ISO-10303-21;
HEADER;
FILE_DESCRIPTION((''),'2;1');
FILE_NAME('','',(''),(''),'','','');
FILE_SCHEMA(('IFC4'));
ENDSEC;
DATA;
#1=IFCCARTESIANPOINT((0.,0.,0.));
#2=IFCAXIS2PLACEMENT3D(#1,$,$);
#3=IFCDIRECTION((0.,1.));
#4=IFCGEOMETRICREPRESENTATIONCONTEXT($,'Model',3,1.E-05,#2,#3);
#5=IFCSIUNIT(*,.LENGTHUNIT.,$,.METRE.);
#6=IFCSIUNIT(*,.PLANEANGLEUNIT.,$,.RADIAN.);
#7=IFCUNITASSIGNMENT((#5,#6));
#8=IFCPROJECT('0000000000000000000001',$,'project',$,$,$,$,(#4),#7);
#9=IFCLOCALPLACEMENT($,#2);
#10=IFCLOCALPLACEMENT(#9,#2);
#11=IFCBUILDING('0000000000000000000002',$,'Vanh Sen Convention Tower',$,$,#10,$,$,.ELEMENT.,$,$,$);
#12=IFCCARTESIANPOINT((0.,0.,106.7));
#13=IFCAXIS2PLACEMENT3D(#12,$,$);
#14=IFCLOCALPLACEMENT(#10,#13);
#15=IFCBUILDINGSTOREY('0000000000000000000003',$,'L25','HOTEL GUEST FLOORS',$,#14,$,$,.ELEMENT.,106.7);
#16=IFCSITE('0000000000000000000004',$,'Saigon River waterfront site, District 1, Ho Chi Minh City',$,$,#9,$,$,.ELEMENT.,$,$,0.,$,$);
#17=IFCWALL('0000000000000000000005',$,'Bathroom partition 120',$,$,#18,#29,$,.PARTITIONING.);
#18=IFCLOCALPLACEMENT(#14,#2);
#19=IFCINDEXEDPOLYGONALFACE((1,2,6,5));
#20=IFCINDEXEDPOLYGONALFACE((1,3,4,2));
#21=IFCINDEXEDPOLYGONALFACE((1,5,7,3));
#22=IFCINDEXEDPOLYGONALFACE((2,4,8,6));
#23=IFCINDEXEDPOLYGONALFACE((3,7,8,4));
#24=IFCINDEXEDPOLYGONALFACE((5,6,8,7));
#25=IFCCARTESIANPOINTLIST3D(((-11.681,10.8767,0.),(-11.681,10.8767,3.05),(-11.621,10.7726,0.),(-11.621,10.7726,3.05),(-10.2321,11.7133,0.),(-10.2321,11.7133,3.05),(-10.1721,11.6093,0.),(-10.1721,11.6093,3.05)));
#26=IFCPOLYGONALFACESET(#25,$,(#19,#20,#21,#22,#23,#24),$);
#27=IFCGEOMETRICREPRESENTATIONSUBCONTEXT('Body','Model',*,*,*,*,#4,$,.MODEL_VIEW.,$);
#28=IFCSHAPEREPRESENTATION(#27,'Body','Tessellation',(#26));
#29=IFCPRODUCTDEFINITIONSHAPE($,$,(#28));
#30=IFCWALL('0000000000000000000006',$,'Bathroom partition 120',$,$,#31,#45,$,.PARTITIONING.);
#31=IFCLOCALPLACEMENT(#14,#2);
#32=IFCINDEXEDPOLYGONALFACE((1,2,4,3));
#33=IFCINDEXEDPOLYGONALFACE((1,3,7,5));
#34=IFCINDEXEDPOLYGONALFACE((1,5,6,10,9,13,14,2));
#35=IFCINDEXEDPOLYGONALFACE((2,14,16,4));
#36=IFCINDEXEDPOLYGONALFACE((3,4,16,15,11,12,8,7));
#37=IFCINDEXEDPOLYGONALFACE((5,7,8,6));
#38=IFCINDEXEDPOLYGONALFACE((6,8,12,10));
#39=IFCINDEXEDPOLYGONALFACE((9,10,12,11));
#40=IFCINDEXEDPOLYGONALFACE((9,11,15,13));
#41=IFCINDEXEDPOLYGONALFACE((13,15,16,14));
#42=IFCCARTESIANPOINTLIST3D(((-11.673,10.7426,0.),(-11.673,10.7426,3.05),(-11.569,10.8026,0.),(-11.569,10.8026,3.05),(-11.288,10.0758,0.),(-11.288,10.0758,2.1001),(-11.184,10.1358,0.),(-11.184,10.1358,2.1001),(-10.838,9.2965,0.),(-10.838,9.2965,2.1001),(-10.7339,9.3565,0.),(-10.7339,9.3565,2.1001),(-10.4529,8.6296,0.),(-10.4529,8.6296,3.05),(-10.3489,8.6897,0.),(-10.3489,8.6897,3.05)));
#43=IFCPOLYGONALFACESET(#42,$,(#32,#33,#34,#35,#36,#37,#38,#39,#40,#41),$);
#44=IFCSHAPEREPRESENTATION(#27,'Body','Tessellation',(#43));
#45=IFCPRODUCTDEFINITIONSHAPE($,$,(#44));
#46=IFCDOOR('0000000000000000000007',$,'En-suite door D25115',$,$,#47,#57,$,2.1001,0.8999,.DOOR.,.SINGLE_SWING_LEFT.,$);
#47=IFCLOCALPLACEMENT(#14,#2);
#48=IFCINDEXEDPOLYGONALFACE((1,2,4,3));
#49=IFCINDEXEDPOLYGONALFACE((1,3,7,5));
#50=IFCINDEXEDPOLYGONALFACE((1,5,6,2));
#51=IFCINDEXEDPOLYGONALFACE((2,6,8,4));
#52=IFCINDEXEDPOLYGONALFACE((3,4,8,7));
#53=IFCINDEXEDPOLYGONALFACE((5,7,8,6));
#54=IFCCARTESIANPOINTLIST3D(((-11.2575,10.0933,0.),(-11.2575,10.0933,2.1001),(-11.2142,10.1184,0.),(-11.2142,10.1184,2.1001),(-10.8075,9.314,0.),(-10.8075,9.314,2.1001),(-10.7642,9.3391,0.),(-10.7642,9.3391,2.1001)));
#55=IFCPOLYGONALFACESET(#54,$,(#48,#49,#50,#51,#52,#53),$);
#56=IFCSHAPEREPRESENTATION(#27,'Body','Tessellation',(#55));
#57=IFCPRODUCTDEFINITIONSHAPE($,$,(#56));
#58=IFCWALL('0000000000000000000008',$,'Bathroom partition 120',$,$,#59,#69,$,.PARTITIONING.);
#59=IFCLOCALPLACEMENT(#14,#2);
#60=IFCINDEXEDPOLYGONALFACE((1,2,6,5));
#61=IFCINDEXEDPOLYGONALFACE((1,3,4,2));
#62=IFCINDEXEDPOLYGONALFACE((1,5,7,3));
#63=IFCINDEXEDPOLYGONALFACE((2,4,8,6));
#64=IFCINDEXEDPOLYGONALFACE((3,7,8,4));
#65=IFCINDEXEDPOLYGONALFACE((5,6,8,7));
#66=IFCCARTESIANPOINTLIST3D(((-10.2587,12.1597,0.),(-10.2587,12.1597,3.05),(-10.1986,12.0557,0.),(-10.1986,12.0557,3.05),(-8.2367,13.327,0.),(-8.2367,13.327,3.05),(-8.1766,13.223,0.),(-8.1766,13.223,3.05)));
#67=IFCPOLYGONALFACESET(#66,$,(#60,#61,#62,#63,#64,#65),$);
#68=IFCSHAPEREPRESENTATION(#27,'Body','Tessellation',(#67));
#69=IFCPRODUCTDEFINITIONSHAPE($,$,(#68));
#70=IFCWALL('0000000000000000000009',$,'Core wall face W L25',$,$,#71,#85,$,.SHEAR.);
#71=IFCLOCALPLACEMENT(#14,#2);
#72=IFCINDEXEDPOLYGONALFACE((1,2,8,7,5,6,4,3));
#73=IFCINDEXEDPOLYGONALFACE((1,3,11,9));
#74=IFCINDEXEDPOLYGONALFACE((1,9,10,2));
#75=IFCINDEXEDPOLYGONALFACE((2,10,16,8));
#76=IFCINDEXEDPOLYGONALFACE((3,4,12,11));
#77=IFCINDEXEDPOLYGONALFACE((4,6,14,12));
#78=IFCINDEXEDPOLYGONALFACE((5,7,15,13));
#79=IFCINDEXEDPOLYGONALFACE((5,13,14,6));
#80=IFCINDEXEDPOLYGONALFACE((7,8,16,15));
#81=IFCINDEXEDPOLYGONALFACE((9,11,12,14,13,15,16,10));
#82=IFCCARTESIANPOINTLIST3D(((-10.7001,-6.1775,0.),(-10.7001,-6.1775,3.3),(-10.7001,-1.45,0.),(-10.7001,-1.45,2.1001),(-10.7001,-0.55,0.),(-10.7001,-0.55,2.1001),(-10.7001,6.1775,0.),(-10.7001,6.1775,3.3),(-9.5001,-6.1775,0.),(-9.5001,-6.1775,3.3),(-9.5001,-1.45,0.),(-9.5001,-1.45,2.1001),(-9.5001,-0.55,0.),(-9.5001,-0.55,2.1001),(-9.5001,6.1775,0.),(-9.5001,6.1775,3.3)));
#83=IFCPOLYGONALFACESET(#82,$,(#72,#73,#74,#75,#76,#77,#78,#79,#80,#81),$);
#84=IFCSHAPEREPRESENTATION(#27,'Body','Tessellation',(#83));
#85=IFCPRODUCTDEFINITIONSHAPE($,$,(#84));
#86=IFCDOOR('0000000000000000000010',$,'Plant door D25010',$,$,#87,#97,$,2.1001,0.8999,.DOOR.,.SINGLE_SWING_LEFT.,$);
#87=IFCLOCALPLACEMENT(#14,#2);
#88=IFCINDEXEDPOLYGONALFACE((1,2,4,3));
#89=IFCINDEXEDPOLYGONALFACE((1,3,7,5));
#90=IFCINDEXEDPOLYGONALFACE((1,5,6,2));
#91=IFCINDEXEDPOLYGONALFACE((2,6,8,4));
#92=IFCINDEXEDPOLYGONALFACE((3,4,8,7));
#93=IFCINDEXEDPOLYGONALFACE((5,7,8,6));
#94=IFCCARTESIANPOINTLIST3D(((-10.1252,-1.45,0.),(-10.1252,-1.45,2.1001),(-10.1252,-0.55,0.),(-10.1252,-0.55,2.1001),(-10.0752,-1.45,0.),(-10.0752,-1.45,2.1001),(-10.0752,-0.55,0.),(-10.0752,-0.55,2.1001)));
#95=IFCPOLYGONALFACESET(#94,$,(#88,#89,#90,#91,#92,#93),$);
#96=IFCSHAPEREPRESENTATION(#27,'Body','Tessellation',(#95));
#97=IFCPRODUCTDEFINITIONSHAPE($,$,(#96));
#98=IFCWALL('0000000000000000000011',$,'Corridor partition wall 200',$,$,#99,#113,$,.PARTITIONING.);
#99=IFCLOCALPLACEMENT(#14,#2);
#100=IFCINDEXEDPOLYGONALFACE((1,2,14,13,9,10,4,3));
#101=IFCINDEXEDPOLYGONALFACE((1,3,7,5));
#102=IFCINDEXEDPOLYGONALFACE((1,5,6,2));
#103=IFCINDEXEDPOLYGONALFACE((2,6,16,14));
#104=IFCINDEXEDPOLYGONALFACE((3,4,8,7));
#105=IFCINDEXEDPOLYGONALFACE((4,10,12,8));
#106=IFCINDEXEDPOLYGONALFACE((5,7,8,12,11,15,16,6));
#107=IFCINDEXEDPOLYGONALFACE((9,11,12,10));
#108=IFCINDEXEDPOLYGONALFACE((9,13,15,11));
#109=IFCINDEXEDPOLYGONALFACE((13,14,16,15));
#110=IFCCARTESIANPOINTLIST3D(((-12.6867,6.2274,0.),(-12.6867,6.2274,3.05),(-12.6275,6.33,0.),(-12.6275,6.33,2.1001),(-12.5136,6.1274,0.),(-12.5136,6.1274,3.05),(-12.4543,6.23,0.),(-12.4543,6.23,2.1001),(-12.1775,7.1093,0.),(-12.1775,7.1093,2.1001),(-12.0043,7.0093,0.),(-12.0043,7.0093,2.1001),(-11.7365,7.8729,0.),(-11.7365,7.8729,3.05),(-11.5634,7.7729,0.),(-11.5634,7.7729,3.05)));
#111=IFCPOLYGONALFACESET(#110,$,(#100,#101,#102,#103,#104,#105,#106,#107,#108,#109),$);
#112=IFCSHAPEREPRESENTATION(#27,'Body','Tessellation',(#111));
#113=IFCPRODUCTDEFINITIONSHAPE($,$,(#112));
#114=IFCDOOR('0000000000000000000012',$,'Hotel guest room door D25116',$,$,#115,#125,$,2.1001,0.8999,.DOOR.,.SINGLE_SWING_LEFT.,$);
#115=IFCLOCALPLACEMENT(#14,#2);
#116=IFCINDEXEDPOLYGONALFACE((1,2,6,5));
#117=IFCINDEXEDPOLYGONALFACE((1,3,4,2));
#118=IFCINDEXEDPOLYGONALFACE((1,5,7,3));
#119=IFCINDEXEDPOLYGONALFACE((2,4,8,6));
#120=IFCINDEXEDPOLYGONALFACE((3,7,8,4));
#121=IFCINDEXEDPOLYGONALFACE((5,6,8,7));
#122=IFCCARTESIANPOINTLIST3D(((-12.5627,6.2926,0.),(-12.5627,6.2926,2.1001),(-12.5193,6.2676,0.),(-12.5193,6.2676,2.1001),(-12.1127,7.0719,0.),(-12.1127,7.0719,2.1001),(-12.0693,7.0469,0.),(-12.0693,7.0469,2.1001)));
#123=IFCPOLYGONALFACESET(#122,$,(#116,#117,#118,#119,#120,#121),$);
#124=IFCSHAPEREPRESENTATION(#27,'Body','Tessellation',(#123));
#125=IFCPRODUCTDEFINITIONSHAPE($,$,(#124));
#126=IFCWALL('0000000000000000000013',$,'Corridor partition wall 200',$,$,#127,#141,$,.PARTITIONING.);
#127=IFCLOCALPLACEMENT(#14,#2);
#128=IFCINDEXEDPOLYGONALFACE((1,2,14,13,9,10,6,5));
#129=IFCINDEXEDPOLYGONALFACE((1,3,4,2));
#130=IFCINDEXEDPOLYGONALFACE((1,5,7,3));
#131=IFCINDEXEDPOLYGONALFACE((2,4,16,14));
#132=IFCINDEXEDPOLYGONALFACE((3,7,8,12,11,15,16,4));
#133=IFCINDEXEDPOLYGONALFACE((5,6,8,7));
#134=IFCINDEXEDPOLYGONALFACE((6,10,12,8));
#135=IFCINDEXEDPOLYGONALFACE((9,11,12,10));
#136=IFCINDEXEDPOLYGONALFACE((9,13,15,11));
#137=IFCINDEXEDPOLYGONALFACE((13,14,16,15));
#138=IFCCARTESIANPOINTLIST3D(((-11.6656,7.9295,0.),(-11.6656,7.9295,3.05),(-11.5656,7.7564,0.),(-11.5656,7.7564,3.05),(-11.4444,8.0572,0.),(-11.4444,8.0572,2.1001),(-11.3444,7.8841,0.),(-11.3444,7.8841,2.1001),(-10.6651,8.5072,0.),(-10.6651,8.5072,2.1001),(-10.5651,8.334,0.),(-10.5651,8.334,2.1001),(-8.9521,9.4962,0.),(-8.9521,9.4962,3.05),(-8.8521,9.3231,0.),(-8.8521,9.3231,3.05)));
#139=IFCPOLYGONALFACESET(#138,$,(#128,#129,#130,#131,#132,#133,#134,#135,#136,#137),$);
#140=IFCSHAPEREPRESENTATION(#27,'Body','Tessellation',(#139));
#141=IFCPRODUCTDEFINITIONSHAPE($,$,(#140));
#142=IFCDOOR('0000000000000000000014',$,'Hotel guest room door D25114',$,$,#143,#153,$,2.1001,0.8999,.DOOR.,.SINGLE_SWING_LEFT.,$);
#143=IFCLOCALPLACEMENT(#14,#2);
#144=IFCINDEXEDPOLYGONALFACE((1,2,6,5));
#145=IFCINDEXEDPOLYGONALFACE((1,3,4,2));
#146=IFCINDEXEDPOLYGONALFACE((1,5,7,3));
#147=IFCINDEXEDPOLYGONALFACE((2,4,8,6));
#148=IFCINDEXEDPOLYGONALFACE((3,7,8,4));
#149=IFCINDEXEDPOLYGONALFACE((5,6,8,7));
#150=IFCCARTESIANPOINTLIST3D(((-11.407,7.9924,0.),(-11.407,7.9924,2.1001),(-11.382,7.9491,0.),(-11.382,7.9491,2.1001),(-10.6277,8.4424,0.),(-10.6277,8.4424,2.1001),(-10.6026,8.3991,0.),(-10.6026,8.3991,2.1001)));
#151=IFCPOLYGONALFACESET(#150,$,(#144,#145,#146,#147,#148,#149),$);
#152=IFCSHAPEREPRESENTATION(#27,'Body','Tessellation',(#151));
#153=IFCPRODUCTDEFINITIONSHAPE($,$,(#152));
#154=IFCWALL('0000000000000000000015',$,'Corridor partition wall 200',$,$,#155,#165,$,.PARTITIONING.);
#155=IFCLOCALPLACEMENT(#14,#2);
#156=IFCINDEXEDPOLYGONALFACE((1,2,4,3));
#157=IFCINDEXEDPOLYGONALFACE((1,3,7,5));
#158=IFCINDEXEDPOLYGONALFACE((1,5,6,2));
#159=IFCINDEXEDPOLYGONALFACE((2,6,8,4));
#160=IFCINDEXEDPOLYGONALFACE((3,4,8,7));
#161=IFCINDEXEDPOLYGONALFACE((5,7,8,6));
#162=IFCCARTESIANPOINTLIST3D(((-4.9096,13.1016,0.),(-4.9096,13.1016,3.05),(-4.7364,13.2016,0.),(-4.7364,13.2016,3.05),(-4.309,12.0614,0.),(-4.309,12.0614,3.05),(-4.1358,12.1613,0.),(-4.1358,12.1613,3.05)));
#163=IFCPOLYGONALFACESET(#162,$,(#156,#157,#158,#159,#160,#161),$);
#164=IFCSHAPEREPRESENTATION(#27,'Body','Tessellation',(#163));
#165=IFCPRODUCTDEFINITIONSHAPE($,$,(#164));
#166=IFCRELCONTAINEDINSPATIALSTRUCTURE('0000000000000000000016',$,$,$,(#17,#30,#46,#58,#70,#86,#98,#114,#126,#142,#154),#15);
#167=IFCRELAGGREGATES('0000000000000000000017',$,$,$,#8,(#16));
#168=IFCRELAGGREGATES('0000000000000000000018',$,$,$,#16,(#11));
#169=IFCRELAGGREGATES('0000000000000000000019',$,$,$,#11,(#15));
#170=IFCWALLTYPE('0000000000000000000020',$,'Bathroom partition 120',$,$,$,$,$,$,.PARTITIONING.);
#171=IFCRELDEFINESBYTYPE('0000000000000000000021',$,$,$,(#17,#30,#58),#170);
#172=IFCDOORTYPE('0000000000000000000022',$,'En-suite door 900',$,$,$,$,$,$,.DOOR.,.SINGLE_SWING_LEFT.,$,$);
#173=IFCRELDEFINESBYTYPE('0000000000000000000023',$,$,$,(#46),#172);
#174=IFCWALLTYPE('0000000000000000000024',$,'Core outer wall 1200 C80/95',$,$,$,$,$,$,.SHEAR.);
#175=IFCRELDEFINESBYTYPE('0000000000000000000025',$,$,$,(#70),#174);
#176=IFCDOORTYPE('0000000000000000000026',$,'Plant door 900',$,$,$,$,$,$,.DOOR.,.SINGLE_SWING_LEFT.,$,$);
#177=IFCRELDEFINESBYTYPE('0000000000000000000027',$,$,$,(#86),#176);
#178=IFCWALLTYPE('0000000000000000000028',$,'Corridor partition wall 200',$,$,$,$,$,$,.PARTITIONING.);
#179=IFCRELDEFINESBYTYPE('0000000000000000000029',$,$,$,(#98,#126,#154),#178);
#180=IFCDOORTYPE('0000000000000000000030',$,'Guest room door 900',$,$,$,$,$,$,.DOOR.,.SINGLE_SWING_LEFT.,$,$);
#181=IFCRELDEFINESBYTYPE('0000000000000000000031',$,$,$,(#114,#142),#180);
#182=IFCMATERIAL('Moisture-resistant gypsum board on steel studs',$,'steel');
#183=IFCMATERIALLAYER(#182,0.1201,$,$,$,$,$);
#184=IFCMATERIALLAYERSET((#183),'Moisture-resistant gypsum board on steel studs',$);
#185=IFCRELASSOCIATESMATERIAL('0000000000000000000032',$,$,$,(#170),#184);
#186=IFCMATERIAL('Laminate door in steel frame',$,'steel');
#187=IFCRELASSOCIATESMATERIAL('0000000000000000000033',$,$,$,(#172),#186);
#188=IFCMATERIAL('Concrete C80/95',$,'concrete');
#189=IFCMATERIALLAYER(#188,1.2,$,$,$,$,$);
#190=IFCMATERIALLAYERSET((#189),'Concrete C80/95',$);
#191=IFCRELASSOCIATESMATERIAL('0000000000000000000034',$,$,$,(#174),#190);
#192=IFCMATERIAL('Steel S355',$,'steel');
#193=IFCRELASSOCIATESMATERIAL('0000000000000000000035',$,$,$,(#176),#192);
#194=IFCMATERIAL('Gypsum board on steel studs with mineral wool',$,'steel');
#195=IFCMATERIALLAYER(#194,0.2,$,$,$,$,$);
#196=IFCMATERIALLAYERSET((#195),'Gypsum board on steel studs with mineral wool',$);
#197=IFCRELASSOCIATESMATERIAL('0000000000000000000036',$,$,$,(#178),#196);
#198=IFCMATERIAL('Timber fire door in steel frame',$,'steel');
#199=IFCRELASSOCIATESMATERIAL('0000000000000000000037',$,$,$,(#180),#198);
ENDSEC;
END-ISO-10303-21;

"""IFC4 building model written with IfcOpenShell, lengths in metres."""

from ifc_helpers import new_model, si_unit, direction, frame, frame_2d, origin, place, context, subcontext, project, spatial, rectangle, extrude, material, layer, layer_set, type_object, element, fill, save


model = new_model("IFC4")

# Units and contexts
model_context = context("Model", 3, precision=1e-05, world=origin(), true_north=direction((0.0, 1.0)))
body_context = subcontext(model_context, "Body", "Model", "MODEL_VIEW")
ifc_project = project(units=[si_unit("LENGTHUNIT", "METRE"), si_unit("PLANEANGLEUNIT", "RADIAN")], contexts=[model_context])

# Site, building, storey
site_placement = place(None, origin())
site = spatial("IfcSite", under=ifc_project, at=site_placement, Name="Saigon River waterfront site, District 1, Ho Chi Minh City", CompositionType="ELEMENT", RefElevation=0.0)
building_placement = place(site_placement, origin())
building = spatial("IfcBuilding", under=site, at=building_placement, Name="Vanh Sen Convention Tower", CompositionType="ELEMENT")
storey_placement = place(building_placement, frame((0.0, 0.0, 106.7)))
storey = spatial("IfcBuildingStorey", under=building, at=storey_placement, Name="L25", Description="HOTEL GUEST FLOORS", CompositionType="ELEMENT", Elevation=106.7)

# Wall
ifc_material_1 = material(Name="Moisture-resistant gypsum board on steel studs", Category="steel")
ifc_layer_1 = layer(ifc_material_1, 0.1201)
ifc_layer_set_1 = layer_set([ifc_layer_1], Name="Moisture-resistant gypsum board on steel studs")
wall_type_1 = type_object("IfcWallType", Name="Bathroom partition 120", PredefinedType="PARTITIONING", material=ifc_layer_set_1)
wall_1_placement = place(storey_placement, frame((-11.6509, 10.8247, 0.0), z_axis=(0.0, 0.0, 1.0), x_axis=(0.865998, 0.500047, 0.0)))
element("IfcWall", 1, at=wall_1_placement, inside=storey, type_object=wall_type_1, Name="Bathroom partition 120", PredefinedType="PARTITIONING", context=body_context, shape_type="SweptSolid", body=[
    extrude(rectangle(XDim=1.6731, YDim=0.1201, at=frame_2d((0.8364, 0.0))), origin(), (0.0, 0.0, 1.0), 3.05),
])

# Wall, opening, door
wall_2_placement = place(storey_placement, frame((-10.4009, 8.6597, 0.0), z_axis=(0.0, 0.0, 1.0), x_axis=(-0.500078, 0.865981, 0.0)))
wall_2 = element("IfcWall", 2, at=wall_2_placement, inside=storey, type_object=wall_type_1, Name="Bathroom partition 120", PredefinedType="PARTITIONING", context=body_context, shape_type="SweptSolid", body=[
    extrude(rectangle(XDim=2.4399, YDim=0.1201, at=frame_2d((1.22, 0.0))), origin(), (0.0, 0.0, 1.0), 3.05),
])
opening_1_placement = place(wall_2_placement, frame((0.77, 0.0, 0.0)))
opening_1 = element("IfcOpeningElement", 3, at=opening_1_placement, cuts=wall_2, PredefinedType="OPENING", context=body_context, shape_type="SweptSolid", body=[
    extrude(rectangle(XDim=0.8999, YDim=2.1001, at=frame_2d((0.45, 1.05))), frame((0.0, 0.0701, 0.0), z_axis=(0.0, -1.0, 0.0), x_axis=(1.0, 0.0, 0.0)), (0.0, 0.0, 1.0), 0.1401),
])
ifc_material_2 = material(Name="Laminate door in steel frame", Category="steel")
door_type_1 = type_object("IfcDoorType", Name="En-suite door 900", OperationType="SINGLE_SWING_LEFT", PredefinedType="DOOR", material=ifc_material_2)
door_1_placement = place(opening_1_placement, origin())
door_1 = element("IfcDoor", 4, at=door_1_placement, inside=storey, type_object=door_type_1, Name="En-suite door D25115", OperationType="SINGLE_SWING_LEFT", OverallHeight=2.1001, OverallWidth=0.8999, PredefinedType="DOOR", context=body_context, shape_type="SweptSolid", body=[
    extrude(rectangle(XDim=0.8999, YDim=2.1001, at=frame_2d((0.45, 1.05))), frame((0.0, 0.0249, 0.0), z_axis=(0.0, -1.0, 0.0), x_axis=(1.0, 0.0, 0.0)), (0.0, 0.0, 1.0), 0.05),
])
fill(opening_1, door_1)

# Wall
wall_3_placement = place(storey_placement, frame((-10.2288, 12.1077, 0.0), z_axis=(0.0, 0.0, 1.0), x_axis=(0.866053, 0.499952, 0.0)))
element("IfcWall", 5, at=wall_3_placement, inside=storey, type_object=wall_type_1, Name="Bathroom partition 120", PredefinedType="PARTITIONING", context=body_context, shape_type="SweptSolid", body=[
    extrude(rectangle(XDim=2.3347, YDim=0.1201, at=frame_2d((1.1675, 0.0))), origin(), (0.0, 0.0, 1.0), 3.05),
])

# Walls, openings, doors
ifc_material_3 = material(Name="Concrete C80/95", Category="concrete")
ifc_layer_2 = layer(ifc_material_3, 1.2)
ifc_layer_set_2 = layer_set([ifc_layer_2], Name="Concrete C80/95")
wall_type_2 = type_object("IfcWallType", Name="Core outer wall 1200 C80/95", PredefinedType="SHEAR", material=ifc_layer_set_2)
wall_4_placement = place(storey_placement, frame((-10.1001, 6.1775, 0.0), z_axis=(0.0, 0.0, 1.0), x_axis=(0.0, -1.0, 0.0)))
wall_4 = element("IfcWall", 6, at=wall_4_placement, inside=storey, type_object=wall_type_2, Name="Core wall face W L25", PredefinedType="SHEAR", context=body_context, shape_type="SweptSolid", body=[
    extrude(rectangle(XDim=12.355, YDim=1.2, at=frame_2d((6.1775, 0.0))), origin(), (0.0, 0.0, 1.0), 3.3),
])
opening_2_placement = place(wall_4_placement, frame((6.7275, 0.0, 0.0)))
opening_2 = element("IfcOpeningElement", 7, at=opening_2_placement, cuts=wall_4, PredefinedType="OPENING", context=body_context, shape_type="SweptSolid", body=[
    extrude(rectangle(XDim=0.8999, YDim=2.1001, at=frame_2d((0.45, 1.05))), frame((0.0, 0.6099, 0.0), z_axis=(0.0, -1.0, 0.0), x_axis=(1.0, 0.0, 0.0)), (0.0, 0.0, 1.0), 1.22),
])
ifc_material_4 = material(Name="Steel S355", Category="steel")
door_type_2 = type_object("IfcDoorType", Name="Plant door 900", OperationType="SINGLE_SWING_LEFT", PredefinedType="DOOR", material=ifc_material_4)
door_2_placement = place(opening_2_placement, origin())
door_2 = element("IfcDoor", 8, at=door_2_placement, inside=storey, type_object=door_type_2, Name="Plant door D25010", OperationType="SINGLE_SWING_LEFT", OverallHeight=2.1001, OverallWidth=0.8999, PredefinedType="DOOR", context=body_context, shape_type="SweptSolid", body=[
    extrude(rectangle(XDim=0.8999, YDim=2.1001, at=frame_2d((0.45, 1.05))), frame((0.0, 0.0249, 0.0), z_axis=(0.0, -1.0, 0.0), x_axis=(1.0, 0.0, 0.0)), (0.0, 0.0, 1.0), 0.05),
])
fill(opening_2, door_2)
ifc_material_5 = material(Name="Gypsum board on steel studs with mineral wool", Category="steel")
ifc_layer_3 = layer(ifc_material_5, 0.2)
ifc_layer_set_3 = layer_set([ifc_layer_3], Name="Gypsum board on steel studs with mineral wool")
wall_type_3 = type_object("IfcWallType", Name="Corridor partition wall 200", PredefinedType="PARTITIONING", material=ifc_layer_set_3)
wall_5_placement = place(storey_placement, frame((-11.6499, 7.823, 0.0), z_axis=(0.0, 0.0, 1.0), x_axis=(-0.500064, -0.865989, 0.0)))
wall_5 = element("IfcWall", 9, at=wall_5_placement, inside=storey, type_object=wall_type_3, Name="Corridor partition wall 200", PredefinedType="PARTITIONING", context=body_context, shape_type="SweptSolid", body=[
    extrude(rectangle(XDim=1.9001, YDim=0.2, at=frame_2d((0.9502, 0.0))), origin(), (0.0, 0.0, 1.0), 3.05),
])
opening_3_placement = place(wall_5_placement, frame((0.8818, 0.0, 0.0)))
opening_3 = element("IfcOpeningElement", 10, at=opening_3_placement, cuts=wall_5, PredefinedType="OPENING", context=body_context, shape_type="SweptSolid", body=[
    extrude(rectangle(XDim=0.8999, YDim=2.1001, at=frame_2d((0.45, 1.05))), frame((0.0, 0.1099, 0.0), z_axis=(0.0, -1.0, 0.0), x_axis=(1.0, 0.0, 0.0)), (0.0, 0.0, 1.0), 0.22),
])
ifc_material_6 = material(Name="Timber fire door in steel frame", Category="steel")
door_type_3 = type_object("IfcDoorType", Name="Guest room door 900", OperationType="SINGLE_SWING_LEFT", PredefinedType="DOOR", material=ifc_material_6)
door_3_placement = place(opening_3_placement, origin())
door_3 = element("IfcDoor", 11, at=door_3_placement, inside=storey, type_object=door_type_3, Name="Hotel guest room door D25116", OperationType="SINGLE_SWING_LEFT", OverallHeight=2.1001, OverallWidth=0.8999, PredefinedType="DOOR", context=body_context, shape_type="SweptSolid", body=[
    extrude(rectangle(XDim=0.8999, YDim=2.1001, at=frame_2d((0.45, 1.05))), frame((0.0, 0.0249, 0.0), z_axis=(0.0, -1.0, 0.0), x_axis=(1.0, 0.0, 0.0)), (0.0, 0.0, 1.0), 0.05),
])
fill(opening_3, door_3)
wall_6_placement = place(storey_placement, frame((-8.9021, 9.4097, 0.0), z_axis=(0.0, 0.0, 1.0), x_axis=(-0.866014, -0.500019, 0.0)))
wall_6 = element("IfcWall", 12, at=wall_6_placement, inside=storey, type_object=wall_type_3, Name="Corridor partition wall 200", PredefinedType="PARTITIONING", context=body_context, shape_type="SweptSolid", body=[
    extrude(rectangle(XDim=3.1333, YDim=0.2, at=frame_2d((1.5667, 0.0))), origin(), (0.0, 0.0, 1.0), 3.05),
])
opening_4_placement = place(wall_6_placement, frame((1.978, 0.0, 0.0)))
opening_4 = element("IfcOpeningElement", 13, at=opening_4_placement, cuts=wall_6, PredefinedType="OPENING", context=body_context, shape_type="SweptSolid", body=[
    extrude(rectangle(XDim=0.8999, YDim=2.1001, at=frame_2d((0.45, 1.05))), frame((0.0, 0.1099, 0.0), z_axis=(0.0, -1.0, 0.0), x_axis=(1.0, 0.0, 0.0)), (0.0, 0.0, 1.0), 0.22),
])
door_4_placement = place(opening_4_placement, origin())
door_4 = element("IfcDoor", 14, at=door_4_placement, inside=storey, type_object=door_type_3, Name="Hotel guest room door D25114", OperationType="SINGLE_SWING_LEFT", OverallHeight=2.1001, OverallWidth=0.8999, PredefinedType="DOOR", context=body_context, shape_type="SweptSolid", body=[
    extrude(rectangle(XDim=0.8999, YDim=2.1001, at=frame_2d((0.45, 1.05))), frame((0.0, 0.0249, 0.0), z_axis=(0.0, -1.0, 0.0), x_axis=(1.0, 0.0, 0.0)), (0.0, 0.0, 1.0), 0.05),
])
fill(opening_4, door_4)

# Wall
wall_7_placement = place(storey_placement, frame((-4.823, 13.1516, 0.0), z_axis=(0.0, 0.0, 1.0), x_axis=(0.499986, -0.866033, 0.0)))
element("IfcWall", 15, at=wall_7_placement, inside=storey, type_object=wall_type_3, Name="Corridor partition wall 200", PredefinedType="PARTITIONING", context=body_context, shape_type="SweptSolid", body=[
    extrude(rectangle(XDim=1.2012, YDim=0.2, at=frame_2d((0.6006, 0.0))), origin(), (0.0, 0.0, 1.0), 3.05),
])

save(model, "model.ifc")
